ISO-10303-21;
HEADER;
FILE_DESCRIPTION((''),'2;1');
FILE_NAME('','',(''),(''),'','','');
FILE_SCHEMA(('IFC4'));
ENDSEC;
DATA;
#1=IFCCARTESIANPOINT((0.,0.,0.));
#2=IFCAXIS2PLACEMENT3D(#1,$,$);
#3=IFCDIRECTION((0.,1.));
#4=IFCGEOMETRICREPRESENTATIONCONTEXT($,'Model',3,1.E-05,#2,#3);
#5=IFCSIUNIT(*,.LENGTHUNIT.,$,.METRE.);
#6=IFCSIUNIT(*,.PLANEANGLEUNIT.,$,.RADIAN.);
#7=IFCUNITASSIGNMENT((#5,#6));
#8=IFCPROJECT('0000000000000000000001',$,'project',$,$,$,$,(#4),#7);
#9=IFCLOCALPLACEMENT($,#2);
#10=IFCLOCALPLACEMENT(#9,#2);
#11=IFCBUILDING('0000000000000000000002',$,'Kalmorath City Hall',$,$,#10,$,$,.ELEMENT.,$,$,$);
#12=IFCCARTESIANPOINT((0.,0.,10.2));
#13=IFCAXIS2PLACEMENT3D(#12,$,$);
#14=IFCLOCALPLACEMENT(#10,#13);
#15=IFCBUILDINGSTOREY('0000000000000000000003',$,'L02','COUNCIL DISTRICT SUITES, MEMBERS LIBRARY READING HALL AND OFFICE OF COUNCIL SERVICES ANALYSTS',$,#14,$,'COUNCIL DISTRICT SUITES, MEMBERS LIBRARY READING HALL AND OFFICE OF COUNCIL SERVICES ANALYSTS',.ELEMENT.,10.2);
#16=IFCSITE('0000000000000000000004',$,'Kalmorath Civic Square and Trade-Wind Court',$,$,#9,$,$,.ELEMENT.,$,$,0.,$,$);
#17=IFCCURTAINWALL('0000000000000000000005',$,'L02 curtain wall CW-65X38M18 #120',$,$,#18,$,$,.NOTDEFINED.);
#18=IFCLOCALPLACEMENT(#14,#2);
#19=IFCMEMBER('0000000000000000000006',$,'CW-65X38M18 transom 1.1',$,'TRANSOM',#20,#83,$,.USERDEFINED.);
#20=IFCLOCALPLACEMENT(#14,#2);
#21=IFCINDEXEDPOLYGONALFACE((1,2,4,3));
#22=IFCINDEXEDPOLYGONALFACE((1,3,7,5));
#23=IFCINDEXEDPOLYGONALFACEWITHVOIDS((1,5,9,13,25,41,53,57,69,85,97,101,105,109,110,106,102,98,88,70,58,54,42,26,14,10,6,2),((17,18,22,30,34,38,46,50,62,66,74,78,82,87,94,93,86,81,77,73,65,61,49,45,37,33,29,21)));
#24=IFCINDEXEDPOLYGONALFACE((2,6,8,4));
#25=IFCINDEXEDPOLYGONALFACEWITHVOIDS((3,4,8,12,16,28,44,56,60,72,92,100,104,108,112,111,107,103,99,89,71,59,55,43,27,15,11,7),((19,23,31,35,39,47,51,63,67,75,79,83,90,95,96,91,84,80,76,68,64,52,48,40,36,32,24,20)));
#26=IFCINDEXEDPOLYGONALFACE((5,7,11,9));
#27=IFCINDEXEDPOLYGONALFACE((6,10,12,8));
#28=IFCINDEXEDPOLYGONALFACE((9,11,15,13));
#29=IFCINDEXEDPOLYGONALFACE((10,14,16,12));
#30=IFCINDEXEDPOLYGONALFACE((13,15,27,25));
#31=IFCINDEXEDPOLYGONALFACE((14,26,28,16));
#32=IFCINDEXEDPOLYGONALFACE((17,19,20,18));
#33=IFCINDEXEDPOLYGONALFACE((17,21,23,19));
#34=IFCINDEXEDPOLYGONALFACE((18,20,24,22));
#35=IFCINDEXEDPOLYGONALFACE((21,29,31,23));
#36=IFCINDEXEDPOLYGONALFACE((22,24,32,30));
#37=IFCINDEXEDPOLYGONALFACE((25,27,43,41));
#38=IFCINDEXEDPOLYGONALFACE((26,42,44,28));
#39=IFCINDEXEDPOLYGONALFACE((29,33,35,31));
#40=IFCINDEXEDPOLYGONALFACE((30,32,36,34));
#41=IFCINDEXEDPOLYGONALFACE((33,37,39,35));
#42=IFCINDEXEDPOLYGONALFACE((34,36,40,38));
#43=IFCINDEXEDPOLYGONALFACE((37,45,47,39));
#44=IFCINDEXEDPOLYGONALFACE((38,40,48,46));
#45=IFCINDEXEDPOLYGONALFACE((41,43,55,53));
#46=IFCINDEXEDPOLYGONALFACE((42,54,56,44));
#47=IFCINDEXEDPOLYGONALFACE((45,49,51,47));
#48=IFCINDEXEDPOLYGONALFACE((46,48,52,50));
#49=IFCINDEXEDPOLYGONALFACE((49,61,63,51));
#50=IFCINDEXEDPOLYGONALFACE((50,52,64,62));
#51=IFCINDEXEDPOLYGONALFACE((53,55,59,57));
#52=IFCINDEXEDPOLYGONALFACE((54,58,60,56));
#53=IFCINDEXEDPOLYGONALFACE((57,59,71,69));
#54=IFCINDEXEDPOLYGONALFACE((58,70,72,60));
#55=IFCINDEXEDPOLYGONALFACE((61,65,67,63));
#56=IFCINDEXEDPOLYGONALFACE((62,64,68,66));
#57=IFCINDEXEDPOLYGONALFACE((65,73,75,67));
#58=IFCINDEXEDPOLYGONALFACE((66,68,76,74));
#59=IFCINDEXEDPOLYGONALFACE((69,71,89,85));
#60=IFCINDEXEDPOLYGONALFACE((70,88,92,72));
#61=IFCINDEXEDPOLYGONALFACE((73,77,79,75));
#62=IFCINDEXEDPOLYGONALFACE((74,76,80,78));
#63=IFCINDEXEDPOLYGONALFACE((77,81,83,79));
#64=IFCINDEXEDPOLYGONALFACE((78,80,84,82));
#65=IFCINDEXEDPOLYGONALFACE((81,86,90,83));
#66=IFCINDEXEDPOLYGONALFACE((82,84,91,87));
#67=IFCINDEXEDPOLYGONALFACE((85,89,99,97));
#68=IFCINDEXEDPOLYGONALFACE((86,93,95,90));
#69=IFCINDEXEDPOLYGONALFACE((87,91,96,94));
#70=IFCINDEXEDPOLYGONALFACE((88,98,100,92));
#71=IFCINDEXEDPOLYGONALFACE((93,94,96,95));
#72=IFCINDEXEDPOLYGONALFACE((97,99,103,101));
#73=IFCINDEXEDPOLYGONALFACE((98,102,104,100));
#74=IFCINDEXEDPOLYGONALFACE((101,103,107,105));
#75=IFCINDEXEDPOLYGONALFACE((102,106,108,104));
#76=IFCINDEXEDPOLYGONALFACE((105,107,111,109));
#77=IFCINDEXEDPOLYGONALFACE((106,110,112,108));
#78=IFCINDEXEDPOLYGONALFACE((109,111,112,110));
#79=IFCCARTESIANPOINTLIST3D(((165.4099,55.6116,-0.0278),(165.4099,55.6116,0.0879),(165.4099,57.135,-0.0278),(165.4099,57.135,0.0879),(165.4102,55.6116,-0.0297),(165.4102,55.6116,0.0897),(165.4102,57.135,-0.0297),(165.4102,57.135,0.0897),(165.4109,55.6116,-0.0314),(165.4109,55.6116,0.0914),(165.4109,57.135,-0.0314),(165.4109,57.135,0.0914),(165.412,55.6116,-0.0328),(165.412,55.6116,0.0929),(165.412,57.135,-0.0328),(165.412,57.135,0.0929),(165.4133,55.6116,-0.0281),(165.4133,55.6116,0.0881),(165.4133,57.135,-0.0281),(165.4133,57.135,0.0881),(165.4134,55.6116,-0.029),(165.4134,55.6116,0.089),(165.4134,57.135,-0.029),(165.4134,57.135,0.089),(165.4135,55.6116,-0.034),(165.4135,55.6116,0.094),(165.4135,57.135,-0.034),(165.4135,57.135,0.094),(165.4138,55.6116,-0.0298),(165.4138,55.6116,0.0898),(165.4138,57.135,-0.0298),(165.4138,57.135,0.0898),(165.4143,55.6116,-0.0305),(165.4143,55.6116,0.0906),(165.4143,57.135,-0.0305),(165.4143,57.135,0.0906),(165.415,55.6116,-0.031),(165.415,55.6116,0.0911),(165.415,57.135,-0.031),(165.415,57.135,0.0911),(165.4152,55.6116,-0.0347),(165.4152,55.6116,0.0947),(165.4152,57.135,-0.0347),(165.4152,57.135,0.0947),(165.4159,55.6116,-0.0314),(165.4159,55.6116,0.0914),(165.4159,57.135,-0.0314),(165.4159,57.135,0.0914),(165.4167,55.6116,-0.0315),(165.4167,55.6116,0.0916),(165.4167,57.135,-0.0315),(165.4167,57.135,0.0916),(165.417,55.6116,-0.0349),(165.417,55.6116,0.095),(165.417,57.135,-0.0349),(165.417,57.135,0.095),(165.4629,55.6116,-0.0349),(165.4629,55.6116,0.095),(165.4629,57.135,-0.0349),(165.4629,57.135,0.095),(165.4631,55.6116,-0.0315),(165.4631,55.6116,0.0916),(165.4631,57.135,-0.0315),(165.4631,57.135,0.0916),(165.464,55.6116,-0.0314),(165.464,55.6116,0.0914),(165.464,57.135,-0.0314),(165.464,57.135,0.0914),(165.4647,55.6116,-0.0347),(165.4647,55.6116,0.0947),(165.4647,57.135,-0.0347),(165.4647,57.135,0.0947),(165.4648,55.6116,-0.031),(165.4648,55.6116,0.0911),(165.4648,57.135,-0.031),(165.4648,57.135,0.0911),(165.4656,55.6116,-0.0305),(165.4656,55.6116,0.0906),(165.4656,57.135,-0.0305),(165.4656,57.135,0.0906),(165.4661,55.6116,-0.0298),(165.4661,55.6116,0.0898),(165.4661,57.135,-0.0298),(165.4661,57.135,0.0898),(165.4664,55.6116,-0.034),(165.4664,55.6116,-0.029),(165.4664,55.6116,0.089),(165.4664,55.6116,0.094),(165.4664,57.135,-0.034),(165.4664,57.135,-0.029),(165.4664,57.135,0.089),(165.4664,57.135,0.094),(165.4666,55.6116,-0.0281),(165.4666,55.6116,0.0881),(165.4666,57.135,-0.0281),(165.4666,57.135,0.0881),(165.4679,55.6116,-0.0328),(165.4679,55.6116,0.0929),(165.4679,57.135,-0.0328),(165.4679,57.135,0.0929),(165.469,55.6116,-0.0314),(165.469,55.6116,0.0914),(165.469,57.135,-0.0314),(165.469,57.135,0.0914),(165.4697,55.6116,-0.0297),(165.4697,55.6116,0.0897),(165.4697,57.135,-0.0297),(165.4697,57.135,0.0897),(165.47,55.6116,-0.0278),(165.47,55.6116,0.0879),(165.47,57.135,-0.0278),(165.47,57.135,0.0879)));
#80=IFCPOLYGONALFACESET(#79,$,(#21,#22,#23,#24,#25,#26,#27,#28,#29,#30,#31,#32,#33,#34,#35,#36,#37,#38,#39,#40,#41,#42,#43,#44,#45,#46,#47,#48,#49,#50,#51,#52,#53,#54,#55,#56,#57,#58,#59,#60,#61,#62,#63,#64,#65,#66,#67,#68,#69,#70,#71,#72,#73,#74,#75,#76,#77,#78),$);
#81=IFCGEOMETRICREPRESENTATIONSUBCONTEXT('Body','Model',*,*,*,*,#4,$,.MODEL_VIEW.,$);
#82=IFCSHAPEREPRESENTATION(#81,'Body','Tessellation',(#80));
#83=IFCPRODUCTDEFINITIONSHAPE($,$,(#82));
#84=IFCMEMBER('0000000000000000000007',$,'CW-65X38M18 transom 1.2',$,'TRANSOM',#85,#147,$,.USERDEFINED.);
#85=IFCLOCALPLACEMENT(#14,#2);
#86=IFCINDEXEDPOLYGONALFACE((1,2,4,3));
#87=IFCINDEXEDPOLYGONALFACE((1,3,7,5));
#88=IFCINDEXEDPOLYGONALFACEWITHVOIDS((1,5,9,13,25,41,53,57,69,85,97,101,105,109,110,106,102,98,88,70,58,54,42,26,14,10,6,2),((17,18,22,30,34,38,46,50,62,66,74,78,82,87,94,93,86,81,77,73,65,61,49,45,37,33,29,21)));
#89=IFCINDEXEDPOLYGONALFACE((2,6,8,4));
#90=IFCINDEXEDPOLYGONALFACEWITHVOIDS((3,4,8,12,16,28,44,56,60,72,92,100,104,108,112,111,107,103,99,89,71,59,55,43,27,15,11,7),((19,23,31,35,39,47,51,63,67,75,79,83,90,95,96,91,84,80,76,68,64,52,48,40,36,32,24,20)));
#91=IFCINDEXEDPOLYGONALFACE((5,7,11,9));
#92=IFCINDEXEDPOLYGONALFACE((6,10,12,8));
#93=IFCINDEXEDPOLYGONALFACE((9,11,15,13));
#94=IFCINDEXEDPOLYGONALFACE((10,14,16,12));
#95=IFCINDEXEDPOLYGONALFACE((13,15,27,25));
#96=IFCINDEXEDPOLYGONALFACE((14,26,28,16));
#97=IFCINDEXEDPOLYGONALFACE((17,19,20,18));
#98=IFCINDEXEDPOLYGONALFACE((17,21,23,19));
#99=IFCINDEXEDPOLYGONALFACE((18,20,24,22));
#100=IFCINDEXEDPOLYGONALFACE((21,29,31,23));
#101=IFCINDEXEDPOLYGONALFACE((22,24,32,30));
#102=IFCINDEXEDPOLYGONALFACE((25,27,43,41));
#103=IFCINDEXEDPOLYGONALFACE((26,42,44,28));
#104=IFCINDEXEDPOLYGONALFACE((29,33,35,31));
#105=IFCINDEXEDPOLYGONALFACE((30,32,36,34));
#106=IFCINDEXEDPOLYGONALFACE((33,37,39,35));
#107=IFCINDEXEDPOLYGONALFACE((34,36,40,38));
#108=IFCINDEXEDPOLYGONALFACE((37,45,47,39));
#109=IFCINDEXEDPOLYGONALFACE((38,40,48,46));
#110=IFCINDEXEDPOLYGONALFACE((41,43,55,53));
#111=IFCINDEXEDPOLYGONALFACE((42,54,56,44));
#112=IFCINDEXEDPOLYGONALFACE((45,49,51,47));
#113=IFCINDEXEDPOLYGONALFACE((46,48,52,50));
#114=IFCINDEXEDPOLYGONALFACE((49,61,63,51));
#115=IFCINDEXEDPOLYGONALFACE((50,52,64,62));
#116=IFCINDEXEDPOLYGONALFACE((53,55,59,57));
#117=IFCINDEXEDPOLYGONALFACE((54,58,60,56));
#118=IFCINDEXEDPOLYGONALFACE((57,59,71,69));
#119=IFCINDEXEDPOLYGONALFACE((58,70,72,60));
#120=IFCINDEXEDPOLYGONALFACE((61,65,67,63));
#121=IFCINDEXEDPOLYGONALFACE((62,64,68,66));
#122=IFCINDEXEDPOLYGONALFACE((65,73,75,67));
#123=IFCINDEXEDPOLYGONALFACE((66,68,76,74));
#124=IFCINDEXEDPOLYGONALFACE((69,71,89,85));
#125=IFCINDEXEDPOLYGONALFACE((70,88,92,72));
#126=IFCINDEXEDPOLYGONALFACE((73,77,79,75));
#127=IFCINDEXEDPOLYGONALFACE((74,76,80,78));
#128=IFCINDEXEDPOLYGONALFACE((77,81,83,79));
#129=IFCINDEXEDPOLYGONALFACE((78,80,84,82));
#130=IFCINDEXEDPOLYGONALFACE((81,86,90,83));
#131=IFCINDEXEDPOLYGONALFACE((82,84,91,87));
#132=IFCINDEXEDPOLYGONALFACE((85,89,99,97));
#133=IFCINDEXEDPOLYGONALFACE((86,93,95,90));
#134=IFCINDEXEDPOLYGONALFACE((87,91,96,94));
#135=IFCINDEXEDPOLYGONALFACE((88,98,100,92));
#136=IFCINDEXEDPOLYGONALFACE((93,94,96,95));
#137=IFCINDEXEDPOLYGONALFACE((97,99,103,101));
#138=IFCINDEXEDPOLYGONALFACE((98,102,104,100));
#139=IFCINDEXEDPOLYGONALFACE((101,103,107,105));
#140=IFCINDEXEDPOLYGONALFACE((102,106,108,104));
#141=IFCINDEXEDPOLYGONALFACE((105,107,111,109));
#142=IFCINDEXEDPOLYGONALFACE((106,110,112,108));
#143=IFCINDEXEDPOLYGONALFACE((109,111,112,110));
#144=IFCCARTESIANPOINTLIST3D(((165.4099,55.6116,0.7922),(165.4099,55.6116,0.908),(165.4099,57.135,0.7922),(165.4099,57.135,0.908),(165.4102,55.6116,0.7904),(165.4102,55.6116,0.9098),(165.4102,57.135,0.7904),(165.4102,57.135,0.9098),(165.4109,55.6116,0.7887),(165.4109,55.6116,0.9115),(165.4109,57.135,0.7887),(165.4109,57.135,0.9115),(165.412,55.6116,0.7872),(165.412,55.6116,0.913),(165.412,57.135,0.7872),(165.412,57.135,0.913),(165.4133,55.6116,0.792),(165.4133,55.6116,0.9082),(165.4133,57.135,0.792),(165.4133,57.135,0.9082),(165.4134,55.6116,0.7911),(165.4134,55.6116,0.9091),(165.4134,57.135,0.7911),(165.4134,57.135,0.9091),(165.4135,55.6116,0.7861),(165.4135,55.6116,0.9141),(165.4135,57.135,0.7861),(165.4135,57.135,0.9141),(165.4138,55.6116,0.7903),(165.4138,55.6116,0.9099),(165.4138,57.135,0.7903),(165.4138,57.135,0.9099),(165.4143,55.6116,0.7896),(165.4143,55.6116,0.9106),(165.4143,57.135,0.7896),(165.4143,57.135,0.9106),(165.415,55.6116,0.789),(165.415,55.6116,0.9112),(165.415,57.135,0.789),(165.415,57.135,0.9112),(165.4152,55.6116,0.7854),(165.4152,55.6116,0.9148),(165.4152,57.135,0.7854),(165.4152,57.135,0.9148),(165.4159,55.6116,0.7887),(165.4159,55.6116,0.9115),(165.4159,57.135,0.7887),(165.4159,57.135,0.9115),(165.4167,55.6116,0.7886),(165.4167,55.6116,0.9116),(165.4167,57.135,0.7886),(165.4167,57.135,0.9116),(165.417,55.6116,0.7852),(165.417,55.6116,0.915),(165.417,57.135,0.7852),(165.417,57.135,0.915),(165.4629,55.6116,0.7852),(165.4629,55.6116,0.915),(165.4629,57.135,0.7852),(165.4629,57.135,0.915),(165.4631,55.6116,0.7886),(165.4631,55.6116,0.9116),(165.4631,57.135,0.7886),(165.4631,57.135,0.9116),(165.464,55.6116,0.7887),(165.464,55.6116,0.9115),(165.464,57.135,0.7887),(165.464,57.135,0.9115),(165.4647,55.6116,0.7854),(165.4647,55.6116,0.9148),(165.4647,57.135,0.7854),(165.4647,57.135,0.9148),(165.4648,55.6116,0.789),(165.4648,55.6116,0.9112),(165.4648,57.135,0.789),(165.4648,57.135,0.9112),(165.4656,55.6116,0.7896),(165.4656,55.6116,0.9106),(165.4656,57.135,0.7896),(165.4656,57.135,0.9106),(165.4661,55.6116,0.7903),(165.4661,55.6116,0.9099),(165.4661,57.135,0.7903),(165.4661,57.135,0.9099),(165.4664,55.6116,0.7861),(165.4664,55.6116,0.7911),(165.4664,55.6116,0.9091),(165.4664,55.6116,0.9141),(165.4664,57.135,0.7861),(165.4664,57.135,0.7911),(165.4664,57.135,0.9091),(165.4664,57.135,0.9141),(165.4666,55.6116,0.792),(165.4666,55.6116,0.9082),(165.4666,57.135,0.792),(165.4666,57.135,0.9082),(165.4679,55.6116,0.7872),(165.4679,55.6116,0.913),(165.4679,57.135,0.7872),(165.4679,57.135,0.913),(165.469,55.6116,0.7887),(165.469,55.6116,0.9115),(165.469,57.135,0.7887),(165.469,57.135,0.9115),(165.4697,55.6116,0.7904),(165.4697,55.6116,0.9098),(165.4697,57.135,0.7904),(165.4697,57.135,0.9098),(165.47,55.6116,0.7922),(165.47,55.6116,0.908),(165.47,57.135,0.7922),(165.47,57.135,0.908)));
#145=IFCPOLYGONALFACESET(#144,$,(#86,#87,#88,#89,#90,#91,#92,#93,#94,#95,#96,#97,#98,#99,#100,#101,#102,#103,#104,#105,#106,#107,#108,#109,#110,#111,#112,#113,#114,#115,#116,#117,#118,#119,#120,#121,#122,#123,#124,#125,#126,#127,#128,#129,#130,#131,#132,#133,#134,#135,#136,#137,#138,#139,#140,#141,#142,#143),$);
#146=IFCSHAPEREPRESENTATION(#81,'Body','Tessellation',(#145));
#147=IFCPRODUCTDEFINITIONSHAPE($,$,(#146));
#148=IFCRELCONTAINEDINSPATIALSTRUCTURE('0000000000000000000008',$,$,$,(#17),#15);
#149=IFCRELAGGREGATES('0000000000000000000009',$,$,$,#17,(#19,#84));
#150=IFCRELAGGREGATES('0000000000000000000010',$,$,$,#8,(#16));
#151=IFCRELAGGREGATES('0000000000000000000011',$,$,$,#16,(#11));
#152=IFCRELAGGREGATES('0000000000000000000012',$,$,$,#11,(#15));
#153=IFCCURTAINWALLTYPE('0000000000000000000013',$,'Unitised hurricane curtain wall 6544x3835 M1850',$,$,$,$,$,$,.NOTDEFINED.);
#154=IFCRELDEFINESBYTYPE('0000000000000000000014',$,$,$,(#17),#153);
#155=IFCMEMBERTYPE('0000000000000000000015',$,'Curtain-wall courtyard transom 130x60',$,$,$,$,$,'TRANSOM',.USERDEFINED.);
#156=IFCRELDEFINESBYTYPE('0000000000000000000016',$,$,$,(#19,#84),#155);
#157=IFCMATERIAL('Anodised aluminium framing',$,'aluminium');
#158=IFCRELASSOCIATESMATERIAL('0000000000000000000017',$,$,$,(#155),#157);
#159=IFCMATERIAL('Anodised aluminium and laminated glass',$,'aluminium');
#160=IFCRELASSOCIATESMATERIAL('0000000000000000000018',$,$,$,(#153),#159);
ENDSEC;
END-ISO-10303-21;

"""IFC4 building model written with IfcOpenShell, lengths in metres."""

from ifc_helpers import new_model, si_unit, direction, frame, origin, origin_2d, place, context, subcontext, project, spatial, hollow_rectangle, extrude, material, material_profile, profile_set, type_object, element, aggregate, save


model = new_model("IFC4")

# Units and contexts
model_context = context("Model", 3, precision=1e-05, world=origin(), true_north=direction((0.0, 1.0)))
body_context = subcontext(model_context, "Body", "Model", "MODEL_VIEW")
ifc_project = project(units=[si_unit("LENGTHUNIT", "METRE"), si_unit("PLANEANGLEUNIT", "RADIAN")], contexts=[model_context])

# Site, building, storey
site_placement = place(None, origin())
site = spatial("IfcSite", under=ifc_project, at=site_placement, Name="Kalmorath Civic Square and Trade-Wind Court", CompositionType="ELEMENT", RefElevation=0.0)
building_placement = place(site_placement, origin())
building = spatial("IfcBuilding", under=site, at=building_placement, Name="Kalmorath City Hall", CompositionType="ELEMENT")
storey_placement = place(building_placement, frame((0.0, 0.0, 10.2)))
storey = spatial("IfcBuildingStorey", under=building, at=storey_placement, Name="L02", Description="COUNCIL DISTRICT SUITES, MEMBERS LIBRARY READING HALL AND OFFICE OF COUNCIL SERVICES ANALYSTS", LongName="COUNCIL DISTRICT SUITES, MEMBERS LIBRARY READING HALL AND OFFICE OF COUNCIL SERVICES ANALYSTS", CompositionType="ELEMENT", Elevation=10.2)

# Curtain wall, members
ifc_material_1 = material(Name="Anodised aluminium framing", Category="aluminium")
ifc_material_profile_1 = material_profile(ifc_material_1, hollow_rectangle(XDim=0.0601, YDim=0.1299, WallThickness=0.0034, InnerFilletRadius=0.0034, OuterFilletRadius=0.0071, at=origin_2d()), Name="ALU-TRN-130X60X3.5")
ifc_profile_set_1 = profile_set([ifc_material_profile_1], Name="Anodised aluminium framing")
member_type_1 = type_object("IfcMemberType", Name="Curtain-wall courtyard transom 130x60", ElementType="TRANSOM", PredefinedType="USERDEFINED", material=ifc_profile_set_1)
ifc_material_2 = material(Name="Anodised aluminium and laminated glass", Category="aluminium")
curtain_wall_type_1 = type_object("IfcCurtainWallType", Name="Unitised hurricane curtain wall 6544x3835 M1850", PredefinedType="NOTDEFINED", material=ifc_material_2)
curtain_wall_1_placement = place(storey_placement, origin())
curtain_wall_1 = element("IfcCurtainWall", 1, at=curtain_wall_1_placement, inside=storey, type_object=curtain_wall_type_1, Name="L02 curtain wall CW-65X38M18 #120", PredefinedType="NOTDEFINED")
member_1_placement = place(storey_placement, frame((165.4399, 57.135, 0.03), z_axis=(0.0, -1.0, 0.0), x_axis=(1.0, 0.0, 0.0)))
member_1 = element("IfcMember", 2, at=member_1_placement, type_object=member_type_1, Name="CW-65X38M18 transom 1.1", ObjectType="TRANSOM", PredefinedType="USERDEFINED", context=body_context, shape_type="SweptSolid", body=[
    extrude(hollow_rectangle(XDim=0.0601, YDim=0.1299, WallThickness=0.0034, InnerFilletRadius=0.0034, OuterFilletRadius=0.0071, at=origin_2d()), origin(), (0.0, 0.0, 1.0), 1.5234),
])
member_2_placement = place(storey_placement, frame((165.4399, 57.135, 0.8501), z_axis=(0.0, -1.0, 0.0), x_axis=(1.0, 0.0, 0.0)))
member_2 = element("IfcMember", 3, at=member_2_placement, type_object=member_type_1, Name="CW-65X38M18 transom 1.2", ObjectType="TRANSOM", PredefinedType="USERDEFINED", context=body_context, shape_type="SweptSolid", body=[
    extrude(hollow_rectangle(XDim=0.0601, YDim=0.1299, WallThickness=0.0034, InnerFilletRadius=0.0034, OuterFilletRadius=0.0071, at=origin_2d()), origin(), (0.0, 0.0, 1.0), 1.5234),
])

aggregate(curtain_wall_1, [member_1, member_2])

save(model, "model.ifc")
